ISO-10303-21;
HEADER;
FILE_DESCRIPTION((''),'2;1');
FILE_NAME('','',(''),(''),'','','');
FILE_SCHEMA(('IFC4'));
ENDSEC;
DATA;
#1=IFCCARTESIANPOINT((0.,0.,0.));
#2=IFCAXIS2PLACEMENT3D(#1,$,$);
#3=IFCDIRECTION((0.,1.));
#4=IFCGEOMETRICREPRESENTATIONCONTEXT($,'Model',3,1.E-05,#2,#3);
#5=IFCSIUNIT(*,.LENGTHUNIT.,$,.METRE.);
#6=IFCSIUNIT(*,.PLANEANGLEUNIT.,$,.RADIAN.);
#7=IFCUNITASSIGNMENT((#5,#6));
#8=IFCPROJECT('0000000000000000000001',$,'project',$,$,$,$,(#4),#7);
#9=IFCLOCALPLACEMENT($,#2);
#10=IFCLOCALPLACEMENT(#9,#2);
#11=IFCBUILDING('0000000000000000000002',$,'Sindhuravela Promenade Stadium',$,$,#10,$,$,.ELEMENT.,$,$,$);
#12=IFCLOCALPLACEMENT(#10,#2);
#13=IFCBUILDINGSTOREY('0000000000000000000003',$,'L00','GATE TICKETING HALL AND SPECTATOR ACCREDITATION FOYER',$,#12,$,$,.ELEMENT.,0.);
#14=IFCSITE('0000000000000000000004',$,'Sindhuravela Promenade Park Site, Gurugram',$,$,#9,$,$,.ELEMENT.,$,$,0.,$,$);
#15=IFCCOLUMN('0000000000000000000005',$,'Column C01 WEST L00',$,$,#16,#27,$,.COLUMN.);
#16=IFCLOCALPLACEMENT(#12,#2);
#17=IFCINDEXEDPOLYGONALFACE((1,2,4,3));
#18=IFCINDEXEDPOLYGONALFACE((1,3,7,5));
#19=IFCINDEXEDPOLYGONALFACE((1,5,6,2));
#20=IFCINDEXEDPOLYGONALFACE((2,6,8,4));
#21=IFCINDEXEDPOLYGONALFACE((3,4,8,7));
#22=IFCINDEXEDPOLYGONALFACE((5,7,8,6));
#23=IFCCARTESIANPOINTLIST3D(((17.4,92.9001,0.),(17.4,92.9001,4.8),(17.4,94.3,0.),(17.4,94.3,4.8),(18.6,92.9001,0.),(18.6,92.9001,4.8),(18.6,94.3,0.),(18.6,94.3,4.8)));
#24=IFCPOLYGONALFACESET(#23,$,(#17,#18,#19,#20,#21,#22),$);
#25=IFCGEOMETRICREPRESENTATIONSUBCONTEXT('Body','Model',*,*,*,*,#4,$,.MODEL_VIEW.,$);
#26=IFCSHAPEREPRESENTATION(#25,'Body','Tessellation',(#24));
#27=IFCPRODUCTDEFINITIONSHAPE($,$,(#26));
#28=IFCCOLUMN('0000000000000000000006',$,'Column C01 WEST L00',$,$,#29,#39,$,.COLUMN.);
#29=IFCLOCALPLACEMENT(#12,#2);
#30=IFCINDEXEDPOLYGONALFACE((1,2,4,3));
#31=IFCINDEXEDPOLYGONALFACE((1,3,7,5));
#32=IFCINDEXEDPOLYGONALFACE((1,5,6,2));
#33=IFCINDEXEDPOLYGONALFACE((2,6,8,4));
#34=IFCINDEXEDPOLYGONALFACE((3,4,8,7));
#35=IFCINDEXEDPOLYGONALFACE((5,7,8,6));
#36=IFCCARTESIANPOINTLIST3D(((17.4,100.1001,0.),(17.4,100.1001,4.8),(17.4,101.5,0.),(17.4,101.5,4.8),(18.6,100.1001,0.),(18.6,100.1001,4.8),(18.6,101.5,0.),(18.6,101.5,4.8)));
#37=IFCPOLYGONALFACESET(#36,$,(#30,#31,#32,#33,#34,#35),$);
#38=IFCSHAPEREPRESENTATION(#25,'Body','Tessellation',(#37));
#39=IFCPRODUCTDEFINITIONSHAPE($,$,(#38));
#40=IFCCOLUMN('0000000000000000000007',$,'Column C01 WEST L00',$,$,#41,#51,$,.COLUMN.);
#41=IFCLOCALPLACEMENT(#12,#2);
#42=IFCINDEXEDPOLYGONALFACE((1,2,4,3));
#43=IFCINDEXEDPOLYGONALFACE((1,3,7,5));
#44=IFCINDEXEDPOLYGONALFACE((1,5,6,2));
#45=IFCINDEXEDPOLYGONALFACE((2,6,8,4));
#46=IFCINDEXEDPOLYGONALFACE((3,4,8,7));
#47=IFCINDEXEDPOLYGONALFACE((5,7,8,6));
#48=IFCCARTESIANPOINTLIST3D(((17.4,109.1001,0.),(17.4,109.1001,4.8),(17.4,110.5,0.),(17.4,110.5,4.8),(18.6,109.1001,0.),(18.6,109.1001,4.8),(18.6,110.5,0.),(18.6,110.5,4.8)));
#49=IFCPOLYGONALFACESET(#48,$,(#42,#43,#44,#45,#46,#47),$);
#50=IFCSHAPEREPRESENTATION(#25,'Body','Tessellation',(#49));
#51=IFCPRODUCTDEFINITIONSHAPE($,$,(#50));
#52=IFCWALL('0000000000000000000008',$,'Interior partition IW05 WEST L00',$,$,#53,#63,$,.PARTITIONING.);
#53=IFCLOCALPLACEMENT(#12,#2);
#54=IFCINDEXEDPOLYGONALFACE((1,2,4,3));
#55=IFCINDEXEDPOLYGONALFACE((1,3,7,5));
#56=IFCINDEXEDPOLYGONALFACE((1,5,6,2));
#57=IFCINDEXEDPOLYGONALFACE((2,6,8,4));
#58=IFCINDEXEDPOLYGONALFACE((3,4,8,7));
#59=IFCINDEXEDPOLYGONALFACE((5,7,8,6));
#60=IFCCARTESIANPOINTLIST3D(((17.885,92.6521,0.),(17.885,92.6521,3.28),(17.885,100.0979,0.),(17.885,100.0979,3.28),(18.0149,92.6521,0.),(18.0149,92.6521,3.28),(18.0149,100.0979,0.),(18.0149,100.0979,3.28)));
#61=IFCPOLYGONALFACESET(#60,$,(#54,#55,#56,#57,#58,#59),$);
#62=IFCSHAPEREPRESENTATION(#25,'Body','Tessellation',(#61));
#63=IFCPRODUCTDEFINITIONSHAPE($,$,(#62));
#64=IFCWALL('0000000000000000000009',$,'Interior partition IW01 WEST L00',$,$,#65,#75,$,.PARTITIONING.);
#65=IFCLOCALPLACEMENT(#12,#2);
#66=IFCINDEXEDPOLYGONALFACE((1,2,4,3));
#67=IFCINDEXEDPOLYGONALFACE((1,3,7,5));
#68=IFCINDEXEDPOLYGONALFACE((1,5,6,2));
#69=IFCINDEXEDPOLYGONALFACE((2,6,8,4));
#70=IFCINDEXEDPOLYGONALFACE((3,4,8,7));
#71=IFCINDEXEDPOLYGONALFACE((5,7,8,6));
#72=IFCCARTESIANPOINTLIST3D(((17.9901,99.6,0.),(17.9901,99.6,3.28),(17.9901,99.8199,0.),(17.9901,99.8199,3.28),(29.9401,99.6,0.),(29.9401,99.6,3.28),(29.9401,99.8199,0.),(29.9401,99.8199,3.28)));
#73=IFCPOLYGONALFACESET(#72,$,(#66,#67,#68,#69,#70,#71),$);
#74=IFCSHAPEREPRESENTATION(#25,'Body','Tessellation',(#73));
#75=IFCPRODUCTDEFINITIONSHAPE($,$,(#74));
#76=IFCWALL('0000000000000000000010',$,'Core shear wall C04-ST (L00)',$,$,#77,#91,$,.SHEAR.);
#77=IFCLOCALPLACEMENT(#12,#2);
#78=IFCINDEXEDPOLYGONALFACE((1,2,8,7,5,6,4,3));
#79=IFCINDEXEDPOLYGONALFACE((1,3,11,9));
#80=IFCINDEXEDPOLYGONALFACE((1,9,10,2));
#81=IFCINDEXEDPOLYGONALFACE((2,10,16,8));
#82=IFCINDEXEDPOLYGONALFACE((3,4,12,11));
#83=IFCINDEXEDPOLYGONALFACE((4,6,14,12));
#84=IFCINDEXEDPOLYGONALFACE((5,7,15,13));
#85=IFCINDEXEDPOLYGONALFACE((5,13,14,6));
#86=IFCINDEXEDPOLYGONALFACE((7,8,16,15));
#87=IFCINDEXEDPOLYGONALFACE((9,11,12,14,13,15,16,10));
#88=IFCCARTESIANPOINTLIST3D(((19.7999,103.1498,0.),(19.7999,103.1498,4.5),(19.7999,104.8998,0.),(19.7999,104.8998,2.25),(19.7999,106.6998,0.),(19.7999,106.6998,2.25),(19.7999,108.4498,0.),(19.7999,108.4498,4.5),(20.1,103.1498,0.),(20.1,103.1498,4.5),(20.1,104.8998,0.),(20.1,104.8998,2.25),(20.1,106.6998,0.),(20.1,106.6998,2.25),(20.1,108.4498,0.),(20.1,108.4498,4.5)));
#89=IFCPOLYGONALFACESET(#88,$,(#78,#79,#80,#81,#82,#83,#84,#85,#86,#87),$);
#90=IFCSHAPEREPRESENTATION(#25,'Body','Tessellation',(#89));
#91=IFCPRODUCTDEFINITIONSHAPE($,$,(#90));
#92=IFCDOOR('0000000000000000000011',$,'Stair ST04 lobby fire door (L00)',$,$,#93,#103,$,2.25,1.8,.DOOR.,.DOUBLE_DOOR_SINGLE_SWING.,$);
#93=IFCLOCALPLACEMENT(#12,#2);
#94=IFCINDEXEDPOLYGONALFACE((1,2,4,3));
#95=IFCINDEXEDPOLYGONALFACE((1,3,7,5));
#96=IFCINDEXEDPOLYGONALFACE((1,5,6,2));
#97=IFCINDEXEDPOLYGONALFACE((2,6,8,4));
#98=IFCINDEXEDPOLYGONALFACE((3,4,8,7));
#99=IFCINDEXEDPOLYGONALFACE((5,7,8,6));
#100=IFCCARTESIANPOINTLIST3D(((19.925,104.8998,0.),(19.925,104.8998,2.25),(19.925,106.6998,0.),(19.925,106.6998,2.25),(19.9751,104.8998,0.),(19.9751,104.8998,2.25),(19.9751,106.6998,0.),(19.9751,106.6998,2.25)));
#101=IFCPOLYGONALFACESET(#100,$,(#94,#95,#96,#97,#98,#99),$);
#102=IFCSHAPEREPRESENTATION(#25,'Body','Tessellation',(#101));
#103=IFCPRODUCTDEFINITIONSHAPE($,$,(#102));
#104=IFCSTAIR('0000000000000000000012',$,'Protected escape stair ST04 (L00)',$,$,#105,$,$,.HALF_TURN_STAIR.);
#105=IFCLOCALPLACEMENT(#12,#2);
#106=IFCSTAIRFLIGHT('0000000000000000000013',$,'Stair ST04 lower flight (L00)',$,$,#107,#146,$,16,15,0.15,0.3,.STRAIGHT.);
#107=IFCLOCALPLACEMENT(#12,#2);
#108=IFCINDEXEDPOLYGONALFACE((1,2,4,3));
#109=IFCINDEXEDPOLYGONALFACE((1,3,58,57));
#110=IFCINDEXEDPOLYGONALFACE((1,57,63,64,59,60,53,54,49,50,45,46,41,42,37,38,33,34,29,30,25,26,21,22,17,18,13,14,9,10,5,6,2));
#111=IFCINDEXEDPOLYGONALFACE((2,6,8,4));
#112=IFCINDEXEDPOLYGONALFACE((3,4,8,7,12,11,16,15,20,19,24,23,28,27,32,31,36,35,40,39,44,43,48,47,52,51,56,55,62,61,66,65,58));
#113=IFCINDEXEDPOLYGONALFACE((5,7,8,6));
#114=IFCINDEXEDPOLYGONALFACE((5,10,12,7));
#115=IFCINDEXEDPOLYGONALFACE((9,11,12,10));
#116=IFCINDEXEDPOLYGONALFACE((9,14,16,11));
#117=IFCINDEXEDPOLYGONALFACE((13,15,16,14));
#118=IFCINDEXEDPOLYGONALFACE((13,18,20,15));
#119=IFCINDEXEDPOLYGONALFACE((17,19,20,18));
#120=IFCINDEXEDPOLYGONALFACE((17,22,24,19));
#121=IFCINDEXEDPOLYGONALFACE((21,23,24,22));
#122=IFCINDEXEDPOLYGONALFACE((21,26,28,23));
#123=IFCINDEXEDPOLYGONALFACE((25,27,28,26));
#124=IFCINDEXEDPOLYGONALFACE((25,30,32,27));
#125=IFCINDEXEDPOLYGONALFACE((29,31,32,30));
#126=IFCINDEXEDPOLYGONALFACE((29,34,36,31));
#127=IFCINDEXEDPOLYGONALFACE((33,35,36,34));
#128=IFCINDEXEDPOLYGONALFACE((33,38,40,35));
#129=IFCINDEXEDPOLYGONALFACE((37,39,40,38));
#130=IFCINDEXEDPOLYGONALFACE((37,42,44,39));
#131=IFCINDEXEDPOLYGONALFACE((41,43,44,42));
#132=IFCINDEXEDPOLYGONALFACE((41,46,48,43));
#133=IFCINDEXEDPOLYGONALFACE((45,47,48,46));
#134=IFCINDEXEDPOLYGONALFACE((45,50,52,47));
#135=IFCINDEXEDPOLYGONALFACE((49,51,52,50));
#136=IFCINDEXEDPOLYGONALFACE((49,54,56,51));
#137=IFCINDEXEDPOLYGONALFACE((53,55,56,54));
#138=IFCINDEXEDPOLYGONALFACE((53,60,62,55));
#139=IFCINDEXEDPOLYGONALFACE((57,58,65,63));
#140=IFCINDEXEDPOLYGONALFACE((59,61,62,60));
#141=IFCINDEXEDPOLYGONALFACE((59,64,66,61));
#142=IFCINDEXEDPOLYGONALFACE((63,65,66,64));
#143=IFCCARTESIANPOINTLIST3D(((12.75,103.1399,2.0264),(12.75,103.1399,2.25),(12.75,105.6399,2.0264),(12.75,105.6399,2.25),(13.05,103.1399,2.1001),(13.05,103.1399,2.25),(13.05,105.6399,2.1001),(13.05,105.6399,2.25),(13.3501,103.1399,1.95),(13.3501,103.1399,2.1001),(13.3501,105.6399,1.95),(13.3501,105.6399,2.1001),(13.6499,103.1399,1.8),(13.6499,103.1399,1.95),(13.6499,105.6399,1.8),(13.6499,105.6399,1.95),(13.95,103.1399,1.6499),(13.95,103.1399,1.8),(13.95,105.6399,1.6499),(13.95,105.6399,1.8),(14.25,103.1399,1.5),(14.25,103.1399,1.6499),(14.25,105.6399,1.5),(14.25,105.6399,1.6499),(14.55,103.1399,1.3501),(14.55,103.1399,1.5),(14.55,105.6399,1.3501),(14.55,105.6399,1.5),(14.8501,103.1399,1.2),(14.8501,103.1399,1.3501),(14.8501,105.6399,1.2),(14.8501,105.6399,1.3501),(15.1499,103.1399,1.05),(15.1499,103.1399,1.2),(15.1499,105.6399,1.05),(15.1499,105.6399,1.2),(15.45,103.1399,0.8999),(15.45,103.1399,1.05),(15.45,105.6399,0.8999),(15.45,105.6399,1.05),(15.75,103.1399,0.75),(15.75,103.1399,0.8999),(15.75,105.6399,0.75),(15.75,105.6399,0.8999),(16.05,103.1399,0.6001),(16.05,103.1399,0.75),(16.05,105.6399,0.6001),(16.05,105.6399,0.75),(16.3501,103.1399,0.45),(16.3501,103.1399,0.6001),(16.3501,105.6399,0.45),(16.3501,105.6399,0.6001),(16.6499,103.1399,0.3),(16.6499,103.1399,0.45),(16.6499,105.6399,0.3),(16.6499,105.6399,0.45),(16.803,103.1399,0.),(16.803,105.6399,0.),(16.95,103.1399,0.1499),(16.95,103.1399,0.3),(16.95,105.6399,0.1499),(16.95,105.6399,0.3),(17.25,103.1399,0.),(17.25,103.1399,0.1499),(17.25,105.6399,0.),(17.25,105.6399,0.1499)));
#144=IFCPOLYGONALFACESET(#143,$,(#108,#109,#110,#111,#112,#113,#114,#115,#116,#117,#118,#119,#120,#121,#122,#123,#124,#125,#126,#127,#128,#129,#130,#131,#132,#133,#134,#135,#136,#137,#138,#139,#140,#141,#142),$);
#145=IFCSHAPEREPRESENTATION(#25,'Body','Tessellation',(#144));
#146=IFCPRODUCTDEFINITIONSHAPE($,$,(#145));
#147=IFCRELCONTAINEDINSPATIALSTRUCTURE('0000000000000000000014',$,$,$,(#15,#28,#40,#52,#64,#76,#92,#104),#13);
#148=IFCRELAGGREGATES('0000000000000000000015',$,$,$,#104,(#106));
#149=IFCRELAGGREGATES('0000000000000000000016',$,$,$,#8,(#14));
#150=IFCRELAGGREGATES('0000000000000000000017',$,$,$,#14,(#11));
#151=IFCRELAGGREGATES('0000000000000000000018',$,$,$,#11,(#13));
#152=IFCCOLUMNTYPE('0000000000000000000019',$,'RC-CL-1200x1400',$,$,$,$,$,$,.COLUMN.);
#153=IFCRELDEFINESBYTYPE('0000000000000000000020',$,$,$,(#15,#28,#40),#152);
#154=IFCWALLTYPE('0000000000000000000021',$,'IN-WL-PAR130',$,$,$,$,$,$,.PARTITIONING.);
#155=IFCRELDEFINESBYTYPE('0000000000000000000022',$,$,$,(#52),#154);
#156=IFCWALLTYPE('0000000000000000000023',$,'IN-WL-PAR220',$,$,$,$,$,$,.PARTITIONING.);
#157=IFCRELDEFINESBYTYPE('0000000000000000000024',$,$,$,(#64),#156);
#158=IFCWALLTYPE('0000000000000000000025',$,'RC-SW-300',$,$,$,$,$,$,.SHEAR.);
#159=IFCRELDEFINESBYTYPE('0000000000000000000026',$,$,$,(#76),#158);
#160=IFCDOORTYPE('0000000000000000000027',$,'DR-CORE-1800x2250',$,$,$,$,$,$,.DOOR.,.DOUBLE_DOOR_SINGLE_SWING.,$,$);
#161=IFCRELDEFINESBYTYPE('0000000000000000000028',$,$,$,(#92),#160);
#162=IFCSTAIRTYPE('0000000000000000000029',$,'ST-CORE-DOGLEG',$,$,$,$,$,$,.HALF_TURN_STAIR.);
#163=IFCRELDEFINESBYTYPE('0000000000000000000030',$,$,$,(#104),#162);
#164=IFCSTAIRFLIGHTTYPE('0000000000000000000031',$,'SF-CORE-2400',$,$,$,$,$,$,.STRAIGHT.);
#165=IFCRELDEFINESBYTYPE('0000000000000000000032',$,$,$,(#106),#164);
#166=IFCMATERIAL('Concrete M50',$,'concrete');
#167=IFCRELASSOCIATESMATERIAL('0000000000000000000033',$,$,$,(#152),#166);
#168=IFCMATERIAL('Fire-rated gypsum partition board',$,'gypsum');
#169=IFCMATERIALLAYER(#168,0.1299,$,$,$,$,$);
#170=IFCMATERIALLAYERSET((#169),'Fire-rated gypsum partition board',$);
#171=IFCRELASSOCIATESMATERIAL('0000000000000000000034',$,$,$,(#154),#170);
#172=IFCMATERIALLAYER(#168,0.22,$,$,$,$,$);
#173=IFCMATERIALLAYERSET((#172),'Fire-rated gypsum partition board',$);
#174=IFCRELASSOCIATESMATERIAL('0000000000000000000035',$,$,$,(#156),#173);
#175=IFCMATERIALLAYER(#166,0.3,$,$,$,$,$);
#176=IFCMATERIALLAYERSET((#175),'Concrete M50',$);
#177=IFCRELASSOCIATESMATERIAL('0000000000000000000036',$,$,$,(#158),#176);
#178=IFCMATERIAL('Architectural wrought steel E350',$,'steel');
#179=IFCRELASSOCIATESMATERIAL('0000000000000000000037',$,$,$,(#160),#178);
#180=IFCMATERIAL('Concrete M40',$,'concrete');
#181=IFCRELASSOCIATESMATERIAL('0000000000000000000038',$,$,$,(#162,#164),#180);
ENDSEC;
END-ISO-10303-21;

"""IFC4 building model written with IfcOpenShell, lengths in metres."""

from ifc_helpers import new_model, si_unit, direction, frame, frame_2d, origin, origin_2d, place, context, subcontext, project, spatial, polyline, rectangle, outline, extrude, material, layer, layer_set, material_profile, profile_set, type_object, element, fill, aggregate, save


model = new_model("IFC4")

# Units and contexts
model_context = context("Model", 3, precision=1e-05, world=origin(), true_north=direction((0.0, 1.0)))
body_context = subcontext(model_context, "Body", "Model", "MODEL_VIEW")
ifc_project = project(units=[si_unit("LENGTHUNIT", "METRE"), si_unit("PLANEANGLEUNIT", "RADIAN")], contexts=[model_context])

# Site, building, storey
site_placement = place(None, origin())
site = spatial("IfcSite", under=ifc_project, at=site_placement, Name="Sindhuravela Promenade Park Site, Gurugram", CompositionType="ELEMENT", RefElevation=0.0)
building_placement = place(site_placement, origin())
building = spatial("IfcBuilding", under=site, at=building_placement, Name="Sindhuravela Promenade Stadium", CompositionType="ELEMENT")
storey_placement = place(building_placement, origin())
storey = spatial("IfcBuildingStorey", under=building, at=storey_placement, Name="L00", Description="GATE TICKETING HALL AND SPECTATOR ACCREDITATION FOYER", CompositionType="ELEMENT", Elevation=0.0)

# Shared definitions
ifc_material_1 = material(Name="Concrete M50", Category="concrete")

# Shared definitions
ifc_material_2 = material(Name="Concrete M40", Category="concrete")

# Columns
ifc_material_profile_1 = material_profile(ifc_material_1, rectangle(XDim=1.2, YDim=1.3999, at=origin_2d()), Name="RC 1200x1400")
ifc_profile_set_1 = profile_set([ifc_material_profile_1], Name="Concrete M50")
column_type = type_object("IfcColumnType", Name="RC-CL-1200x1400", PredefinedType="COLUMN", material=ifc_profile_set_1)
for number, where, z_axis, x_axis, name in (
    (1, (18.0, 93.6001, 0.0), (0.0, 0.0, 1.0), (1.0, 0.0, 0.0), "Column C01 WEST L00"),
    (2, (18.0, 100.8, 0.0), (0.0, 0.0, 1.0), (1.0, 0.0, 0.0), "Column C01 WEST L00"),
    (3, (18.0, 109.8, 0.0), (0.0, 0.0, 1.0), (1.0, 0.0, 0.0), "Column C01 WEST L00"),
):
    element("IfcColumn", number, at=place(storey_placement, frame(where, z_axis=z_axis, x_axis=x_axis)), inside=storey, type_object=column_type, Name=name, PredefinedType="COLUMN", context=body_context, shape_type="SweptSolid", body=[
        extrude(rectangle(XDim=1.2, YDim=1.3999, at=origin_2d()), origin(), (0.0, 0.0, 1.0), 4.8),
    ])

# Walls
ifc_material_3 = material(Name="Fire-rated gypsum partition board", Category="gypsum")
ifc_layer_1 = layer(ifc_material_3, 0.1299)
ifc_layer_set_1 = layer_set([ifc_layer_1], Name="Fire-rated gypsum partition board")
wall_type_1 = type_object("IfcWallType", Name="IN-WL-PAR130", PredefinedType="PARTITIONING", material=ifc_layer_set_1)
wall_1_placement = place(storey_placement, frame((17.95, 100.0979, 0.0), z_axis=(0.0, 0.0, 1.0), x_axis=(0.0, -1.0, 0.0)))
element("IfcWall", 4, at=wall_1_placement, inside=storey, type_object=wall_type_1, Name="Interior partition IW05 WEST L00", PredefinedType="PARTITIONING", context=body_context, shape_type="SweptSolid", body=[
    extrude(rectangle(XDim=7.4458, YDim=0.1299, at=frame_2d((3.7229, 0.0))), origin(), (0.0, 0.0, 1.0), 3.28),
])
ifc_layer_2 = layer(ifc_material_3, 0.22)
ifc_layer_set_2 = layer_set([ifc_layer_2], Name="Fire-rated gypsum partition board")
wall_type_2 = type_object("IfcWallType", Name="IN-WL-PAR220", PredefinedType="PARTITIONING", material=ifc_layer_set_2)
wall_2_placement = place(storey_placement, frame((17.99, 99.71, 0.0), z_axis=(0.0, 0.0, 1.0), x_axis=(1.0, 0.0, 0.0)))
element("IfcWall", 5, at=wall_2_placement, inside=storey, type_object=wall_type_2, Name="Interior partition IW01 WEST L00", PredefinedType="PARTITIONING", context=body_context, shape_type="SweptSolid", body=[
    extrude(rectangle(XDim=11.95, YDim=0.22, at=frame_2d((5.9751, 0.0))), origin(), (0.0, 0.0, 1.0), 3.28),
])

# Wall, opening, door
ifc_layer_3 = layer(ifc_material_1, 0.3)
ifc_layer_set_3 = layer_set([ifc_layer_3], Name="Concrete M50")
wall_type_3 = type_object("IfcWallType", Name="RC-SW-300", PredefinedType="SHEAR", material=ifc_layer_set_3)
wall_3_placement = place(storey_placement, frame((19.95, 103.1499, 0.0), z_axis=(0.0, 0.0, 1.0), x_axis=(0.0, 1.0, 0.0)))
wall_3 = element("IfcWall", 6, at=wall_3_placement, inside=storey, type_object=wall_type_3, Name="Core shear wall C04-ST (L00)", PredefinedType="SHEAR", context=body_context, shape_type="SweptSolid", body=[
    extrude(rectangle(XDim=5.3, YDim=0.3, at=frame_2d((2.6499, 0.0))), origin(), (0.0, 0.0, 1.0), 4.5),
])
opening_placement = place(wall_3_placement, frame((1.75, 0.0, 0.0)))
opening = element("IfcOpeningElement", 7, at=opening_placement, cuts=wall_3, PredefinedType="OPENING", context=body_context, shape_type="SweptSolid", body=[
    extrude(rectangle(XDim=1.8, YDim=2.25, at=frame_2d((0.8999, 1.125))), frame((0.0, 0.1599, 0.0), z_axis=(0.0, -1.0, 0.0), x_axis=(1.0, 0.0, 0.0)), (0.0, 0.0, 1.0), 0.3201),
])
ifc_material_4 = material(Name="Architectural wrought steel E350", Category="steel")
door_type = type_object("IfcDoorType", Name="DR-CORE-1800x2250", OperationType="DOUBLE_DOOR_SINGLE_SWING", PredefinedType="DOOR", material=ifc_material_4)
door_placement = place(opening_placement, origin())
door = element("IfcDoor", 8, at=door_placement, inside=storey, type_object=door_type, Name="Stair ST04 lobby fire door (L00)", OperationType="DOUBLE_DOOR_SINGLE_SWING", OverallHeight=2.25, OverallWidth=1.8, PredefinedType="DOOR", context=body_context, shape_type="SweptSolid", body=[
    extrude(rectangle(XDim=1.8, YDim=2.25, at=frame_2d((0.8999, 1.125))), frame((0.0, 0.0249, 0.0), z_axis=(0.0, -1.0, 0.0), x_axis=(1.0, 0.0, 0.0)), (0.0, 0.0, 1.0), 0.05),
])
fill(opening, door)

# Stair, stair flight
stair_type = type_object("IfcStairType", Name="ST-CORE-DOGLEG", PredefinedType="HALF_TURN_STAIR", material=ifc_material_2)
stair_placement = place(storey_placement, origin())
stair = element("IfcStair", 9, at=stair_placement, inside=storey, type_object=stair_type, Name="Protected escape stair ST04 (L00)", PredefinedType="HALF_TURN_STAIR")
stair_flight_type = type_object("IfcStairFlightType", Name="SF-CORE-2400", PredefinedType="STRAIGHT", material=ifc_material_2)
stair_flight_1_placement = place(storey_placement, frame((17.25, 104.3899, 0.0), z_axis=(0.0, 0.0, 1.0), x_axis=(-1.0, 0.0, 0.0)))
stair_flight_1 = element("IfcStairFlight", 10, at=stair_flight_1_placement, type_object=stair_flight_type, Name="Stair ST04 lower flight (L00)", NumberOfRisers=16, NumberOfTreads=15, PredefinedType="STRAIGHT", RiserHeight=0.15, TreadLength=0.3, context=body_context, shape_type="SweptSolid", body=[
    extrude(outline(polyline([(0.0, 0.0), (0.0, 0.1499), (0.3, 0.1499), (0.3, 0.3), (0.6001, 0.3), (0.6001, 0.45), (0.8999, 0.45), (0.8999, 0.6001), (1.2, 0.6001), (1.2, 0.75), (1.5, 0.75), (1.5, 0.8999), (1.8, 0.8999), (1.8, 1.05), (2.1001, 1.05), (2.1001, 1.2), (2.3999, 1.2), (2.3999, 1.3501), (2.7, 1.3501), (2.7, 1.5), (3.0, 1.5), (3.0, 1.6499), (3.3, 1.6499), (3.3, 1.8), (3.6001, 1.8), (3.6001, 1.95), (3.8999, 1.95), (3.8999, 2.1001), (4.2, 2.1001), (4.2, 2.25), (4.5, 2.25), (4.5, 2.3999), (4.5, 2.0264), (0.447, 0.0), (0.0, 0.0)])), frame((0.0, 1.25, 0.0), z_axis=(0.0, -1.0, 0.0), x_axis=(1.0, 0.0, 0.0)), (0.0, 0.0, 1.0), 2.5),
])
aggregate(stair, [stair_flight_1])

save(model, "model.ifc")
